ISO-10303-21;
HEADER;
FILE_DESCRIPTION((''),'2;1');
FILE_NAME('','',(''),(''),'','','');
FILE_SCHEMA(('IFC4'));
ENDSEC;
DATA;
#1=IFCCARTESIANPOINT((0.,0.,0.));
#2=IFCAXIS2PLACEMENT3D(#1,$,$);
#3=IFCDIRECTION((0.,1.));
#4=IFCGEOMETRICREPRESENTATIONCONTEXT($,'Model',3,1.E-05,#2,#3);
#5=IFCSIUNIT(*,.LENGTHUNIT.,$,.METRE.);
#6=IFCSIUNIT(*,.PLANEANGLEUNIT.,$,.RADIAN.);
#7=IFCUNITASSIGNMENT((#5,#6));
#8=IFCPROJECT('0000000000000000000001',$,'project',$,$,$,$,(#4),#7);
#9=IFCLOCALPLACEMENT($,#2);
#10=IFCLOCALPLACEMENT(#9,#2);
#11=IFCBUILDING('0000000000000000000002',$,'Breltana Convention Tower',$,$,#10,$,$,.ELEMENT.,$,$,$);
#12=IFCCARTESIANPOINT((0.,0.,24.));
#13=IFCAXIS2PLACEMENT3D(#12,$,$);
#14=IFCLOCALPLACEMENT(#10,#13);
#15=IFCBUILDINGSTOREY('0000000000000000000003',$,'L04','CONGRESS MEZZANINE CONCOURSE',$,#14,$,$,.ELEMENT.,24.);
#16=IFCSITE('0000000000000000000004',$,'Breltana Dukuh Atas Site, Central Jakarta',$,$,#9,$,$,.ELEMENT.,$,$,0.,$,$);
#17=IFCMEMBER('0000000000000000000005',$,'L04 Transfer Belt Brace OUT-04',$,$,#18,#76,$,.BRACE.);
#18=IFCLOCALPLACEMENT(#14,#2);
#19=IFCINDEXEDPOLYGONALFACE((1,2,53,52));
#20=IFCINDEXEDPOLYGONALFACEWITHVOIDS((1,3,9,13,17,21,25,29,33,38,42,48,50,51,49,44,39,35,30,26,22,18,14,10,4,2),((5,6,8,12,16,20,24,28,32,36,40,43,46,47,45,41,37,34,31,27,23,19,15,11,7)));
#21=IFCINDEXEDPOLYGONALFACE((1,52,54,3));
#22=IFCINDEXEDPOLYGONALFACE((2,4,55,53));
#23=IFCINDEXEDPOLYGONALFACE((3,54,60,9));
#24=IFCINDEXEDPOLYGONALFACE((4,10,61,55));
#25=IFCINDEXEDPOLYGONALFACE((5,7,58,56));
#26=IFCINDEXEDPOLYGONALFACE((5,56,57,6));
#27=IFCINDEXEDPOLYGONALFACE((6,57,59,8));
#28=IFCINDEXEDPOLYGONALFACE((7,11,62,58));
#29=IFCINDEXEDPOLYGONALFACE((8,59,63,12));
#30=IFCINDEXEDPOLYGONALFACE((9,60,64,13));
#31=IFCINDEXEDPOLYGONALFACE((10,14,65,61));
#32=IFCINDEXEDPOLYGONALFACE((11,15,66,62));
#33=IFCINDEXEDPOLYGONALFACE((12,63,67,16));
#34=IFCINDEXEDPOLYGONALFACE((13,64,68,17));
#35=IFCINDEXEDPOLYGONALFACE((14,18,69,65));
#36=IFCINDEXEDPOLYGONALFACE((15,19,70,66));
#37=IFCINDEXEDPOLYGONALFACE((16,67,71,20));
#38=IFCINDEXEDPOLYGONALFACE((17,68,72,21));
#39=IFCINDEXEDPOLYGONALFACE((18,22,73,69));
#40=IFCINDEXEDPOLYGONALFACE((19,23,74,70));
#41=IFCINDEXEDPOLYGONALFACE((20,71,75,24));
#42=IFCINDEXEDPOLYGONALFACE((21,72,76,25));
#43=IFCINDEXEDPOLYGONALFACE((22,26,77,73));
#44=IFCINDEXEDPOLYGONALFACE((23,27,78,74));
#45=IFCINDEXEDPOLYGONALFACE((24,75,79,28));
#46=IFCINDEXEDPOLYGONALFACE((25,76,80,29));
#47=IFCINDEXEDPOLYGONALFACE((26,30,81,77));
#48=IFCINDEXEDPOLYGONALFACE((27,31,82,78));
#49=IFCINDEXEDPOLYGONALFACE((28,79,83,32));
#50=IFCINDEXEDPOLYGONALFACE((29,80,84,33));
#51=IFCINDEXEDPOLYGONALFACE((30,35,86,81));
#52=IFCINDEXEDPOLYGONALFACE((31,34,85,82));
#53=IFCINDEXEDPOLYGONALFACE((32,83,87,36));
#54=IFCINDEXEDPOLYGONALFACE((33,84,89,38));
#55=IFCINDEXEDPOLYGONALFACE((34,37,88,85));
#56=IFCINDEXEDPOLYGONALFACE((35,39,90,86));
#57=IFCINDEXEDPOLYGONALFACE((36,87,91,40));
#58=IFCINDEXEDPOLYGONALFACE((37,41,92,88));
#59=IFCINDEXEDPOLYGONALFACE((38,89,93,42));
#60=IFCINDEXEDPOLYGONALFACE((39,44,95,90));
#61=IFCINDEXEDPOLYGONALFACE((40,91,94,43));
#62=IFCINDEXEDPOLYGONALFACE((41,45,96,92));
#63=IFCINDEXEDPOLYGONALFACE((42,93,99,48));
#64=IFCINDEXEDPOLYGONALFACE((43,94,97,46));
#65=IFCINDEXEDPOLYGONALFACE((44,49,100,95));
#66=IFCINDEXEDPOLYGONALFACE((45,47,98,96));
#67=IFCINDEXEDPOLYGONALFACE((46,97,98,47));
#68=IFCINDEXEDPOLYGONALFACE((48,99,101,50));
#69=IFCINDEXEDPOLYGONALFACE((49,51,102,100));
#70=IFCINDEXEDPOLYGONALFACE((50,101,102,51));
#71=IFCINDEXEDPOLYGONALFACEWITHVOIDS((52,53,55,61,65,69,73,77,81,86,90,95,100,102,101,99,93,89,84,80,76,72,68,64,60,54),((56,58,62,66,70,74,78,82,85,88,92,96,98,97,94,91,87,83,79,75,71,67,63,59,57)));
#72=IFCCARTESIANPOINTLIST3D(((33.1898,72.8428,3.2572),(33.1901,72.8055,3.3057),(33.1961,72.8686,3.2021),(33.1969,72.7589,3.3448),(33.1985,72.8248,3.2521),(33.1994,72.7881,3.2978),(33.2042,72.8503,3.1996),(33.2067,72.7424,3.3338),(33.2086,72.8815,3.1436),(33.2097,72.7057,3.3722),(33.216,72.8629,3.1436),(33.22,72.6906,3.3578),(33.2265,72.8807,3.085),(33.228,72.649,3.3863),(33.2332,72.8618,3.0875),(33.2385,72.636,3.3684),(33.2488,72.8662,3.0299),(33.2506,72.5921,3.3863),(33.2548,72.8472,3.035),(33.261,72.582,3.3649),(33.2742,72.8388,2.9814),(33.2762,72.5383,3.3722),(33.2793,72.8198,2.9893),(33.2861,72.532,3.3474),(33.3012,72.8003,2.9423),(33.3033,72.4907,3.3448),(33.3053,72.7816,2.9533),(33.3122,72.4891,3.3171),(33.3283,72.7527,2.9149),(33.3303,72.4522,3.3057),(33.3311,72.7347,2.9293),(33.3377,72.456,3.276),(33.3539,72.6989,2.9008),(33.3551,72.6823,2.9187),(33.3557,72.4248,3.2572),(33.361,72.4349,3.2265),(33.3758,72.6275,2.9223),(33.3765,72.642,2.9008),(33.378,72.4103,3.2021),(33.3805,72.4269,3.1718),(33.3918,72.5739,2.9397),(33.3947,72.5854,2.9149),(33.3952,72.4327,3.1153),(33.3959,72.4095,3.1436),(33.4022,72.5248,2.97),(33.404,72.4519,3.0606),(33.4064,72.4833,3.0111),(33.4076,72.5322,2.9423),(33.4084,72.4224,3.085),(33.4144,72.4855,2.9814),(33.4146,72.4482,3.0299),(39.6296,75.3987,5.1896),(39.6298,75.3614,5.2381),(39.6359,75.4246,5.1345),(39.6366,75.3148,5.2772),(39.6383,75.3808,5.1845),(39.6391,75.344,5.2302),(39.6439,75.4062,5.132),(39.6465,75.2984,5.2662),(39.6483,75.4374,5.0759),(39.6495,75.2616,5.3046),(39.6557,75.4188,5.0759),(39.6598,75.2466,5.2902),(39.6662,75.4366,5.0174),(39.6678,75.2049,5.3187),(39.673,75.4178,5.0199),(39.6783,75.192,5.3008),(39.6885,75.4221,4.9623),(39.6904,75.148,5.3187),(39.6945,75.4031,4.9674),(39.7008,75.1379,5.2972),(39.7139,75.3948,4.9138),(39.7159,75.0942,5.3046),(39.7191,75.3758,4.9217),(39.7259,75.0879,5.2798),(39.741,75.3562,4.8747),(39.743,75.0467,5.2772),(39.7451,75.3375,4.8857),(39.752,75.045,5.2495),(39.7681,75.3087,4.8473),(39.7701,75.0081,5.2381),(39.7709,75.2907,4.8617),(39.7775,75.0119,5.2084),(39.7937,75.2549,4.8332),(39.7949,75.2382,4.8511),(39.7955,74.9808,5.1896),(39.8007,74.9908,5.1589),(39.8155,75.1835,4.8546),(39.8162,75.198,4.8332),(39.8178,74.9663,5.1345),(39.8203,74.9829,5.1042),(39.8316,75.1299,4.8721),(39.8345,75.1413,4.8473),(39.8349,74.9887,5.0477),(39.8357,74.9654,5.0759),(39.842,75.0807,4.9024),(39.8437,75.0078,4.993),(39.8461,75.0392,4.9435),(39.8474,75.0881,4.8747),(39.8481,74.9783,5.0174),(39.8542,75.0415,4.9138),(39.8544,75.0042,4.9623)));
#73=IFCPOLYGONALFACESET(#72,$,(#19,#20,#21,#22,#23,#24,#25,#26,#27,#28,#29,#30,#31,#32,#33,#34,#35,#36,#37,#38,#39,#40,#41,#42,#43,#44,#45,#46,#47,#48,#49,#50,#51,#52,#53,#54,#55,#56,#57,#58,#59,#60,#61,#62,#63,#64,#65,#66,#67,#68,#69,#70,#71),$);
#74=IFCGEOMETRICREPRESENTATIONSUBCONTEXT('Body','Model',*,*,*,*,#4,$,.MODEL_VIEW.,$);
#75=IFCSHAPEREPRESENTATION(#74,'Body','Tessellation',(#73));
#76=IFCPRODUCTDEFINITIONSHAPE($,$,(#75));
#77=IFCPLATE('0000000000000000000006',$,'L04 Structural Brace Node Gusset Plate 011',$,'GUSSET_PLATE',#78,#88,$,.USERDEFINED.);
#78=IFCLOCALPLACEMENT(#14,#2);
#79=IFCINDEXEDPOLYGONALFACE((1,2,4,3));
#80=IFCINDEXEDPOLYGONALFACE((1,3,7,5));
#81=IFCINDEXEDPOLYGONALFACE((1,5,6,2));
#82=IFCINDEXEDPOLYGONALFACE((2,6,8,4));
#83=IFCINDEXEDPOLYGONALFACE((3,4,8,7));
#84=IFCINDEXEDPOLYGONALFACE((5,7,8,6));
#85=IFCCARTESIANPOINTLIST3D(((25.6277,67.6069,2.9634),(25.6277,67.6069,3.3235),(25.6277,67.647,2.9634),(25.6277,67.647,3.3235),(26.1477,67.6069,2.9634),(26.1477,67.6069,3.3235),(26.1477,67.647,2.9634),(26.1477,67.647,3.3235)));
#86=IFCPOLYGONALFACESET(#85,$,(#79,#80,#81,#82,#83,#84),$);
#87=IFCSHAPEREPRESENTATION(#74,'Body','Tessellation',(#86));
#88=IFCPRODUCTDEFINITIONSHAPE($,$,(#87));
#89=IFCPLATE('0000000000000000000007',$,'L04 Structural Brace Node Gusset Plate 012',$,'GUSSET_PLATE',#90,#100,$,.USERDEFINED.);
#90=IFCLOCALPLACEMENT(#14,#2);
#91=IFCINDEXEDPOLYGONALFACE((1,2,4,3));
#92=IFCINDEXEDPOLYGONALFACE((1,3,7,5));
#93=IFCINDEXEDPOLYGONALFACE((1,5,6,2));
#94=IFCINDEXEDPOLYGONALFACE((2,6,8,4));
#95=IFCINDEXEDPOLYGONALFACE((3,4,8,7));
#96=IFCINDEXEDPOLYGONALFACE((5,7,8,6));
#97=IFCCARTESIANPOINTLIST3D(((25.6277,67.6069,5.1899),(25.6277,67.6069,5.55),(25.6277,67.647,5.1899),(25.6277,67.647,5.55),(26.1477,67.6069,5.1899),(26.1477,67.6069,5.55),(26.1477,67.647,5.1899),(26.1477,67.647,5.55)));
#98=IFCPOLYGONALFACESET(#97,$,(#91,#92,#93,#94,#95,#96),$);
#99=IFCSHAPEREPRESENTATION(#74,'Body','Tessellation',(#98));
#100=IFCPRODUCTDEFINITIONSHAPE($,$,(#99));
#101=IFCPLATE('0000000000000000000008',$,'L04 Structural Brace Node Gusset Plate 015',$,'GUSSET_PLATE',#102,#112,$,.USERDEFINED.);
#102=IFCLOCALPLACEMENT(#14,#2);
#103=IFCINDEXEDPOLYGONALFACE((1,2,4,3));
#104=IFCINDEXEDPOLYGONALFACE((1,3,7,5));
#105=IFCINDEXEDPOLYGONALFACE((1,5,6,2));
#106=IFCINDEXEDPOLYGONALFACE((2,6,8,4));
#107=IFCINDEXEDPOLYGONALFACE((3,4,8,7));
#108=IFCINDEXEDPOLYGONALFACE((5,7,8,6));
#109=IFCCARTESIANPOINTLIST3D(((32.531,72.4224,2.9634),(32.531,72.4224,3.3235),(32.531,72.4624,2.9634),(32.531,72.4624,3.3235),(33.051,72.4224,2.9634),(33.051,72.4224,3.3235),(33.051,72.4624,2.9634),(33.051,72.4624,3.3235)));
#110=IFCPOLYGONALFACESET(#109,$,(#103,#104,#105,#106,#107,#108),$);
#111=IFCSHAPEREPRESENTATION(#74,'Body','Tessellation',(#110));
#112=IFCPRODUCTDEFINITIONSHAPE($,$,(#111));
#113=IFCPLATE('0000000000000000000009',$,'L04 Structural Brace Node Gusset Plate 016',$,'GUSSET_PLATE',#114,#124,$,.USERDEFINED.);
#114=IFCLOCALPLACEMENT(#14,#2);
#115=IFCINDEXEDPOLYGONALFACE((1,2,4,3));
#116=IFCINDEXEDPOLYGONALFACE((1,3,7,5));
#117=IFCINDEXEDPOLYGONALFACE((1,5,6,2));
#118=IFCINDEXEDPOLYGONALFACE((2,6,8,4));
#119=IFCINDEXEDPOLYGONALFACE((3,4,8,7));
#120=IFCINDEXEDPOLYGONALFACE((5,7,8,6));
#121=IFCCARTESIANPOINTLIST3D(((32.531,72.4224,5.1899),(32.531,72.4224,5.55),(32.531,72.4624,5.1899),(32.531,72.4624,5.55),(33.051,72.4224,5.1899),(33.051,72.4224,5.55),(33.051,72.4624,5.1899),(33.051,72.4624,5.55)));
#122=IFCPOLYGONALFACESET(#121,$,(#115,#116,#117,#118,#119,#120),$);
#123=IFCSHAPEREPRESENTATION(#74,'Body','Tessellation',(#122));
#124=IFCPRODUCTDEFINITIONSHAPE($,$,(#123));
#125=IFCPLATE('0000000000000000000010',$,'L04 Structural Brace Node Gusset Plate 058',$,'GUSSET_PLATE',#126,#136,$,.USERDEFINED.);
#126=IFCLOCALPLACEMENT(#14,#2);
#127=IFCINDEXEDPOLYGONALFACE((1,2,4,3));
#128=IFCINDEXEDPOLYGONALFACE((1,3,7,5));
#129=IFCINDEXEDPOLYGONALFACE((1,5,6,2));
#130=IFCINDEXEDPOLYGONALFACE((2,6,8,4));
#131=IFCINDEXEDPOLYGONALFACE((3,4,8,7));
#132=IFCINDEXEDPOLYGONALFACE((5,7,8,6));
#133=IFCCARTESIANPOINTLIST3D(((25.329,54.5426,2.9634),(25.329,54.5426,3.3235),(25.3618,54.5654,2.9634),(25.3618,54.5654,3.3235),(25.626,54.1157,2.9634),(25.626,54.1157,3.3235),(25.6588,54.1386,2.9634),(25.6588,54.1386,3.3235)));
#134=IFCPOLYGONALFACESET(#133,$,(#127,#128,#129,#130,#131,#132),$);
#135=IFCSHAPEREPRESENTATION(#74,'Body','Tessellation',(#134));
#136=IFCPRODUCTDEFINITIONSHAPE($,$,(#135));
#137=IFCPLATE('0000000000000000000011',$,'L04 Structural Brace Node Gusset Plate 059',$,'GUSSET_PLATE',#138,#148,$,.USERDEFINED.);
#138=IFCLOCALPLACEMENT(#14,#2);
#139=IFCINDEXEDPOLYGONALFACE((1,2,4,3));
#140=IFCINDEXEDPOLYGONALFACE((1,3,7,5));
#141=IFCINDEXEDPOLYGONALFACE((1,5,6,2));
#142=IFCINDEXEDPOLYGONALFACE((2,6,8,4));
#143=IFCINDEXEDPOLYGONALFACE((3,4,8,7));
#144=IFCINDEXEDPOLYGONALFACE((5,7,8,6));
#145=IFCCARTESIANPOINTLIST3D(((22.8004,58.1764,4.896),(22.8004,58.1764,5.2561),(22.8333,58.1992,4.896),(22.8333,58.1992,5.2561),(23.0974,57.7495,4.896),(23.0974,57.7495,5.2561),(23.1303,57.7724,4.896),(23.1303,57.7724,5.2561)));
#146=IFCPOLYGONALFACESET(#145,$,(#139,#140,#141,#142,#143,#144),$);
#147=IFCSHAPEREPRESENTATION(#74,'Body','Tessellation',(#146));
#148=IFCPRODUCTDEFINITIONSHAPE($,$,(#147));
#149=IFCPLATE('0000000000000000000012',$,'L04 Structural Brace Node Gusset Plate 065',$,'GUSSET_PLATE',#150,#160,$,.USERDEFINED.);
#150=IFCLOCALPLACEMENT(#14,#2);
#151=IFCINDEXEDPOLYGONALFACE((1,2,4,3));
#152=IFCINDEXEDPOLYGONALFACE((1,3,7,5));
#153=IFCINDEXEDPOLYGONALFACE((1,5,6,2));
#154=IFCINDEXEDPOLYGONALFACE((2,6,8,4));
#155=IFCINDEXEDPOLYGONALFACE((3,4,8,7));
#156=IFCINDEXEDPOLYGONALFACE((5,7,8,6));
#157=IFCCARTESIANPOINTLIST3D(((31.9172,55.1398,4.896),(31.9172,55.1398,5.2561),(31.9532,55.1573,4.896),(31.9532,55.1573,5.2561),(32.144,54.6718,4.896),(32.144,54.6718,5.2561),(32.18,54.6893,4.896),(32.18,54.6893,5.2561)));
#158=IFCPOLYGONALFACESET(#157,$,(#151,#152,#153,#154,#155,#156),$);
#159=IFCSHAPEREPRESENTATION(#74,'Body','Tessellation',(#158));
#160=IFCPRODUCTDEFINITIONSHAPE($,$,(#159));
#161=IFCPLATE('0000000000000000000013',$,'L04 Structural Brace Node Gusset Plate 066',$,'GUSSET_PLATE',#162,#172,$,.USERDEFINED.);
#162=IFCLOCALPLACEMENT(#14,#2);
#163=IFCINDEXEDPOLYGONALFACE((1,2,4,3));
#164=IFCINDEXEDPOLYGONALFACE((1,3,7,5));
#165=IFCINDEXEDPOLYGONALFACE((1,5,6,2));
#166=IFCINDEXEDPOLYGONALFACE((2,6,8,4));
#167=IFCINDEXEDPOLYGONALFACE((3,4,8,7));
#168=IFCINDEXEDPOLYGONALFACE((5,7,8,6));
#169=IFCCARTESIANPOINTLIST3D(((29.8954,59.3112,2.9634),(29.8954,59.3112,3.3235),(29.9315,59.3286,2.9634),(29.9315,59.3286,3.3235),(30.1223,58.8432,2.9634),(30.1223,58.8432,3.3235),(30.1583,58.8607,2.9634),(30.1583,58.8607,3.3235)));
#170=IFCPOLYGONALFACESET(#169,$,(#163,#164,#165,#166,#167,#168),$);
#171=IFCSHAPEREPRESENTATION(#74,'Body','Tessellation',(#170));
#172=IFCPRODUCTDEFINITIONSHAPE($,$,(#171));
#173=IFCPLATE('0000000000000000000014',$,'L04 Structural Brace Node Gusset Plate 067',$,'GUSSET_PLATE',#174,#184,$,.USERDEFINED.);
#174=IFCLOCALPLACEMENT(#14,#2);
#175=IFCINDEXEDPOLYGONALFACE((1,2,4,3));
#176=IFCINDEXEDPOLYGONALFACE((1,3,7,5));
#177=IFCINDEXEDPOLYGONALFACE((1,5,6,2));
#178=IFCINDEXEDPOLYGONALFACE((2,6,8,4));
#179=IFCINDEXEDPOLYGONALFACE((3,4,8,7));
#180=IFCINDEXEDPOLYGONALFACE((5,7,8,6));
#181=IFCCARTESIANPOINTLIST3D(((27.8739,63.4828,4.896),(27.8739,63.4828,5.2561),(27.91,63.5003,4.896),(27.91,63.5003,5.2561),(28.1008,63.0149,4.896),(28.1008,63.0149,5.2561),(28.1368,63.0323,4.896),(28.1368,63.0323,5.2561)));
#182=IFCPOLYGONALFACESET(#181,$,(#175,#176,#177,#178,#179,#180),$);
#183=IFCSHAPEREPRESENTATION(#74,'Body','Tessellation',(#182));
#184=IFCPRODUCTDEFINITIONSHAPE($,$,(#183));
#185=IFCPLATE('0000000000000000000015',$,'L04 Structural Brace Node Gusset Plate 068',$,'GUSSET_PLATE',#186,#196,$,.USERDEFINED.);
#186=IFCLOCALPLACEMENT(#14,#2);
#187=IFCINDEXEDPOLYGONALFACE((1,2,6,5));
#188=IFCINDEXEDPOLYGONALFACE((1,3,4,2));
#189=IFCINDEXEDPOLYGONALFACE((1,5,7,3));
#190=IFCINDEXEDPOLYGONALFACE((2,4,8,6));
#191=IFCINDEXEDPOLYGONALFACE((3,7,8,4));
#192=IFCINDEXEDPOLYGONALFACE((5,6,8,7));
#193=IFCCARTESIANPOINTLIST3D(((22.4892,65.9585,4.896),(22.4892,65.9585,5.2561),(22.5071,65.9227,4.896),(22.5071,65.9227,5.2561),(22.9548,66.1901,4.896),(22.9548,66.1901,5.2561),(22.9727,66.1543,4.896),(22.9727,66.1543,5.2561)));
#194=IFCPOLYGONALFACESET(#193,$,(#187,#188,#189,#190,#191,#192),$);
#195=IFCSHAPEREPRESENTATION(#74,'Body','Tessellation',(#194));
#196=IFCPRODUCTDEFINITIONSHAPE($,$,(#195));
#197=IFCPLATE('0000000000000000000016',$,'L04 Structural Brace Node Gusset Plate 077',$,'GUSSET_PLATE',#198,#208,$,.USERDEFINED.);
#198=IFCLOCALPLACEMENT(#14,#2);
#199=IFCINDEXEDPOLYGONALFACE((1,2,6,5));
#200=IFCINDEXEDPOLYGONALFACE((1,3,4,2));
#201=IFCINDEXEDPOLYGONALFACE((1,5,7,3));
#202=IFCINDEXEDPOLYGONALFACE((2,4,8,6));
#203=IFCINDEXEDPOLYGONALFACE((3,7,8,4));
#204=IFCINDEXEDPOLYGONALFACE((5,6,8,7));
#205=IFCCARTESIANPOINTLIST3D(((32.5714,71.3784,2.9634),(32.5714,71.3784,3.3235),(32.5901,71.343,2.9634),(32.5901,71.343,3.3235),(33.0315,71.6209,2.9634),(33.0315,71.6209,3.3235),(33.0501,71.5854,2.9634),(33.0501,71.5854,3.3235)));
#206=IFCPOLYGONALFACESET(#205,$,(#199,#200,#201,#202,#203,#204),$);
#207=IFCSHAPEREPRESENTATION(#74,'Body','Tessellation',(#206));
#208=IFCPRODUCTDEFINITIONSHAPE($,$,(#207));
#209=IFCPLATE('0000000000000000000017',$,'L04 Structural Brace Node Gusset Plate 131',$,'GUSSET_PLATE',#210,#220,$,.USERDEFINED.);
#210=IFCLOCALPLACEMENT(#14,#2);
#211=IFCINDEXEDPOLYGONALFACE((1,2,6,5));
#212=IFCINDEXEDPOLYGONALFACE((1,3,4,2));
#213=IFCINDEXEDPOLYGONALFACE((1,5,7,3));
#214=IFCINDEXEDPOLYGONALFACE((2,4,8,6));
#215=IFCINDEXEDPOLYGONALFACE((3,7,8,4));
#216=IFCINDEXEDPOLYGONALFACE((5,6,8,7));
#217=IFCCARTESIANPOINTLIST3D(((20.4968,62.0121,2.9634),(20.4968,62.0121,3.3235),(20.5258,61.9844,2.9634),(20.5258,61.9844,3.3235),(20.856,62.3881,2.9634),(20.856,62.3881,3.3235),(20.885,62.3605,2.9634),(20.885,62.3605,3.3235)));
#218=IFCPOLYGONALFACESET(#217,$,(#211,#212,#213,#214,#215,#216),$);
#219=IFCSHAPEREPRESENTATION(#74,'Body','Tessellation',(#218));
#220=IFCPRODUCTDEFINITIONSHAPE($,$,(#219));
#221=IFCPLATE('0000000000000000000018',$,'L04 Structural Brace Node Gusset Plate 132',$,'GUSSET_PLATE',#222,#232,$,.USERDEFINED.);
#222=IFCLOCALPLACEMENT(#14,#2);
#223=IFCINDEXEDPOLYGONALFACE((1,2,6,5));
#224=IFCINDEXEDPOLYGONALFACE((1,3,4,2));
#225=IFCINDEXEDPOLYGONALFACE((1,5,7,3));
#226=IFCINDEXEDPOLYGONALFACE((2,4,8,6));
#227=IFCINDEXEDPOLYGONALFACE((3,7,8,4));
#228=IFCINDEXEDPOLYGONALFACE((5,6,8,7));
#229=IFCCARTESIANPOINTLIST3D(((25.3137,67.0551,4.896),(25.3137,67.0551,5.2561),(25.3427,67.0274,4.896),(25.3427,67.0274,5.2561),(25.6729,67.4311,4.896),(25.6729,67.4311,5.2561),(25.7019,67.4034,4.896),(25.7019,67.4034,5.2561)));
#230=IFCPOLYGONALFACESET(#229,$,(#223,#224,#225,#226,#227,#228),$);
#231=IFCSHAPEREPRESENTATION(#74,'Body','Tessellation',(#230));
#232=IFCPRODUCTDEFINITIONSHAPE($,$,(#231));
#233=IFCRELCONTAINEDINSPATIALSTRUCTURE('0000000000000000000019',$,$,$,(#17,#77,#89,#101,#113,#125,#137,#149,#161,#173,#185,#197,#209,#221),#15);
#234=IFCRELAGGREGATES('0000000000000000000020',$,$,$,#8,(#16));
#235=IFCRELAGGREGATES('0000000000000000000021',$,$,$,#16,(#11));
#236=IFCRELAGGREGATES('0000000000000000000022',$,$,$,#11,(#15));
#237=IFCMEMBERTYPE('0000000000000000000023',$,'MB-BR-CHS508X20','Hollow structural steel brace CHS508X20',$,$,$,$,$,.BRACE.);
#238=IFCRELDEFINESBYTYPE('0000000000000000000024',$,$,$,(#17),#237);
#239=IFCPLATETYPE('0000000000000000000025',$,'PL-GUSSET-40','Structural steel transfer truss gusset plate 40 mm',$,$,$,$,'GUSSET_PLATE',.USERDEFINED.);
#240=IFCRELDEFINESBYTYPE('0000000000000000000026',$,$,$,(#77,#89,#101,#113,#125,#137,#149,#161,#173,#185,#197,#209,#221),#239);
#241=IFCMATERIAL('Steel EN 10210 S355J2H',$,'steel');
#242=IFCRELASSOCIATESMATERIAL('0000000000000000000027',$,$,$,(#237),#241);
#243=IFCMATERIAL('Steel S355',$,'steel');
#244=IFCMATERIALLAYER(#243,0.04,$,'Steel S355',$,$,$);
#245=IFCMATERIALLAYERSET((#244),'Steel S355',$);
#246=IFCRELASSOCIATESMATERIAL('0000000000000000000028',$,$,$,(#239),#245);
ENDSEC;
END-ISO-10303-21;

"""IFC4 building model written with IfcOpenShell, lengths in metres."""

from ifc_helpers import new_model, si_unit, direction, frame, origin, origin_2d, place, context, subcontext, project, spatial, rectangle, hollow_circle, extrude, source, transform, mapped, material, layer, layer_set, material_profile, profile_set, type_object, element, save


model = new_model("IFC4")

# Units and contexts
model_context = context("Model", 3, precision=1e-05, world=origin(), true_north=direction((0.0, 1.0)))
body_context = subcontext(model_context, "Body", "Model", "MODEL_VIEW")
ifc_project = project(units=[si_unit("LENGTHUNIT", "METRE"), si_unit("PLANEANGLEUNIT", "RADIAN")], contexts=[model_context])

# Site, building, storey
site_placement = place(None, origin())
site = spatial("IfcSite", under=ifc_project, at=site_placement, Name="Breltana Dukuh Atas Site, Central Jakarta", CompositionType="ELEMENT", RefElevation=0.0)
building_placement = place(site_placement, origin())
building = spatial("IfcBuilding", under=site, at=building_placement, Name="Breltana Convention Tower", CompositionType="ELEMENT")
storey_placement = place(building_placement, frame((0.0, 0.0, 24.0)))
storey = spatial("IfcBuildingStorey", under=building, at=storey_placement, Name="L04", Description="CONGRESS MEZZANINE CONCOURSE", CompositionType="ELEMENT", Elevation=24.0)

# Shared definitions
ifc_material_1 = material(Name="Steel EN 10210 S355J2H", Category="steel")

# Shared definitions
ifc_material_profile_1 = material_profile(ifc_material_1, hollow_circle(Radius=0.2539, WallThickness=0.02, at=origin_2d()), Name="CHS508X20")
ifc_profile_set_1 = profile_set([ifc_material_profile_1], Name="Steel EN 10210 S355J2H")
member_type_1 = type_object("IfcMemberType", Name="MB-BR-CHS508X20", Description="Hollow structural steel brace CHS508X20", PredefinedType="BRACE", material=ifc_profile_set_1)

# Member
shared_shape_1 = source(origin(), body_context, "Body", "SweptSolid", [
    extrude(hollow_circle(Radius=0.2539, WallThickness=0.02, at=origin_2d()), origin(), (0.0, 0.0, 1.0), 7.1929),
])
member_1_placement = place(storey_placement, frame((33.3022, 72.6455, 3.1436), z_axis=(0.895297, 0.355342, 0.268654), x_axis=(-0.368904, 0.929467, 0.0)))
element("IfcMember", 1, at=member_1_placement, inside=storey, type_object=member_type_1, Name="L04 Transfer Belt Brace OUT-04", PredefinedType="BRACE", context=body_context, shape_type="MappedRepresentation", body=[
    mapped(shared_shape_1, transform((0.0, 0.0, 0.0), scale=1.0)),
])

# Plates
ifc_material_2 = material(Name="Steel S355", Category="steel")
ifc_layer_1 = layer(ifc_material_2, 0.04, Name="Steel S355")
ifc_layer_set_1 = layer_set([ifc_layer_1], Name="Steel S355")
plate_type = type_object("IfcPlateType", Name="PL-GUSSET-40", Description="Structural steel transfer truss gusset plate 40 mm", ElementType="GUSSET_PLATE", PredefinedType="USERDEFINED", material=ifc_layer_set_1)
shared_shape_2 = source(origin(), body_context, "Body", "SweptSolid", [
    extrude(rectangle(XDim=0.52, YDim=0.04, at=origin_2d()), origin(), (0.0, 0.0, 1.0), 0.3601),
])
for number, where, z_axis, x_axis, name in (
    (2, (25.8877, 67.627, 2.9634), (0.0, 0.0, 1.0), (1.0, 0.0, 0.0), "L04 Structural Brace Node Gusset Plate 011"),
    (3, (25.8877, 67.627, 5.1899), (0.0, 0.0, 1.0), (1.0, 0.0, 0.0), "L04 Structural Brace Node Gusset Plate 012"),
    (4, (32.791, 72.4424, 2.9634), (0.0, 0.0, 1.0), (1.0, 0.0, 0.0), "L04 Structural Brace Node Gusset Plate 015"),
    (5, (32.791, 72.4424, 5.1899), (0.0, 0.0, 1.0), (1.0, 0.0, 0.0), "L04 Structural Brace Node Gusset Plate 016"),
    (6, (25.4939, 54.3406, 2.9634), (0.0, 0.0, 1.0), (-0.571143, 0.82085, 0.0), "L04 Structural Brace Node Gusset Plate 058"),
    (7, (22.9653, 57.9744, 4.896), (0.0, 0.0, 1.0), (-0.571143, 0.82085, 0.0), "L04 Structural Brace Node Gusset Plate 059"),
    (8, (32.0486, 54.9146, 4.896), (0.0, 0.0, 1.0), (-0.436174, 0.899863, 0.0), "L04 Structural Brace Node Gusset Plate 065"),
    (9, (30.0269, 59.0859, 2.9634), (0.0, 0.0, 1.0), (-0.436174, 0.899863, 0.0), "L04 Structural Brace Node Gusset Plate 066"),
    (10, (28.0054, 63.2576, 4.896), (0.0, 0.0, 1.0), (-0.436174, 0.899863, 0.0), "L04 Structural Brace Node Gusset Plate 067"),
    (11, (22.731, 66.0564, 4.896), (0.0, 0.0, 1.0), (-0.895323, -0.445417, 0.0), "L04 Structural Brace Node Gusset Plate 068"),
    (12, (32.8108, 71.4819, 2.9634), (0.0, 0.0, 1.0), (-0.884662, -0.466232, 0.0), "L04 Structural Brace Node Gusset Plate 077"),
    (13, (20.6909, 62.1863, 2.9634), (0.0, 0.0, 1.0), (0.690756, 0.723088, 0.0), "L04 Structural Brace Node Gusset Plate 131"),
    (14, (25.5078, 67.2292, 4.896), (0.0, 0.0, 1.0), (0.690756, 0.723088, 0.0), "L04 Structural Brace Node Gusset Plate 132"),
):
    element("IfcPlate", number, at=place(storey_placement, frame(where, z_axis=z_axis, x_axis=x_axis)), inside=storey, type_object=plate_type, Name=name, ObjectType="GUSSET_PLATE", PredefinedType="USERDEFINED", context=body_context, shape_type="MappedRepresentation", body=[
        mapped(shared_shape_2, transform((0.0, 0.0, 0.0), scale=1.0)),
    ])

save(model, "model.ifc")
